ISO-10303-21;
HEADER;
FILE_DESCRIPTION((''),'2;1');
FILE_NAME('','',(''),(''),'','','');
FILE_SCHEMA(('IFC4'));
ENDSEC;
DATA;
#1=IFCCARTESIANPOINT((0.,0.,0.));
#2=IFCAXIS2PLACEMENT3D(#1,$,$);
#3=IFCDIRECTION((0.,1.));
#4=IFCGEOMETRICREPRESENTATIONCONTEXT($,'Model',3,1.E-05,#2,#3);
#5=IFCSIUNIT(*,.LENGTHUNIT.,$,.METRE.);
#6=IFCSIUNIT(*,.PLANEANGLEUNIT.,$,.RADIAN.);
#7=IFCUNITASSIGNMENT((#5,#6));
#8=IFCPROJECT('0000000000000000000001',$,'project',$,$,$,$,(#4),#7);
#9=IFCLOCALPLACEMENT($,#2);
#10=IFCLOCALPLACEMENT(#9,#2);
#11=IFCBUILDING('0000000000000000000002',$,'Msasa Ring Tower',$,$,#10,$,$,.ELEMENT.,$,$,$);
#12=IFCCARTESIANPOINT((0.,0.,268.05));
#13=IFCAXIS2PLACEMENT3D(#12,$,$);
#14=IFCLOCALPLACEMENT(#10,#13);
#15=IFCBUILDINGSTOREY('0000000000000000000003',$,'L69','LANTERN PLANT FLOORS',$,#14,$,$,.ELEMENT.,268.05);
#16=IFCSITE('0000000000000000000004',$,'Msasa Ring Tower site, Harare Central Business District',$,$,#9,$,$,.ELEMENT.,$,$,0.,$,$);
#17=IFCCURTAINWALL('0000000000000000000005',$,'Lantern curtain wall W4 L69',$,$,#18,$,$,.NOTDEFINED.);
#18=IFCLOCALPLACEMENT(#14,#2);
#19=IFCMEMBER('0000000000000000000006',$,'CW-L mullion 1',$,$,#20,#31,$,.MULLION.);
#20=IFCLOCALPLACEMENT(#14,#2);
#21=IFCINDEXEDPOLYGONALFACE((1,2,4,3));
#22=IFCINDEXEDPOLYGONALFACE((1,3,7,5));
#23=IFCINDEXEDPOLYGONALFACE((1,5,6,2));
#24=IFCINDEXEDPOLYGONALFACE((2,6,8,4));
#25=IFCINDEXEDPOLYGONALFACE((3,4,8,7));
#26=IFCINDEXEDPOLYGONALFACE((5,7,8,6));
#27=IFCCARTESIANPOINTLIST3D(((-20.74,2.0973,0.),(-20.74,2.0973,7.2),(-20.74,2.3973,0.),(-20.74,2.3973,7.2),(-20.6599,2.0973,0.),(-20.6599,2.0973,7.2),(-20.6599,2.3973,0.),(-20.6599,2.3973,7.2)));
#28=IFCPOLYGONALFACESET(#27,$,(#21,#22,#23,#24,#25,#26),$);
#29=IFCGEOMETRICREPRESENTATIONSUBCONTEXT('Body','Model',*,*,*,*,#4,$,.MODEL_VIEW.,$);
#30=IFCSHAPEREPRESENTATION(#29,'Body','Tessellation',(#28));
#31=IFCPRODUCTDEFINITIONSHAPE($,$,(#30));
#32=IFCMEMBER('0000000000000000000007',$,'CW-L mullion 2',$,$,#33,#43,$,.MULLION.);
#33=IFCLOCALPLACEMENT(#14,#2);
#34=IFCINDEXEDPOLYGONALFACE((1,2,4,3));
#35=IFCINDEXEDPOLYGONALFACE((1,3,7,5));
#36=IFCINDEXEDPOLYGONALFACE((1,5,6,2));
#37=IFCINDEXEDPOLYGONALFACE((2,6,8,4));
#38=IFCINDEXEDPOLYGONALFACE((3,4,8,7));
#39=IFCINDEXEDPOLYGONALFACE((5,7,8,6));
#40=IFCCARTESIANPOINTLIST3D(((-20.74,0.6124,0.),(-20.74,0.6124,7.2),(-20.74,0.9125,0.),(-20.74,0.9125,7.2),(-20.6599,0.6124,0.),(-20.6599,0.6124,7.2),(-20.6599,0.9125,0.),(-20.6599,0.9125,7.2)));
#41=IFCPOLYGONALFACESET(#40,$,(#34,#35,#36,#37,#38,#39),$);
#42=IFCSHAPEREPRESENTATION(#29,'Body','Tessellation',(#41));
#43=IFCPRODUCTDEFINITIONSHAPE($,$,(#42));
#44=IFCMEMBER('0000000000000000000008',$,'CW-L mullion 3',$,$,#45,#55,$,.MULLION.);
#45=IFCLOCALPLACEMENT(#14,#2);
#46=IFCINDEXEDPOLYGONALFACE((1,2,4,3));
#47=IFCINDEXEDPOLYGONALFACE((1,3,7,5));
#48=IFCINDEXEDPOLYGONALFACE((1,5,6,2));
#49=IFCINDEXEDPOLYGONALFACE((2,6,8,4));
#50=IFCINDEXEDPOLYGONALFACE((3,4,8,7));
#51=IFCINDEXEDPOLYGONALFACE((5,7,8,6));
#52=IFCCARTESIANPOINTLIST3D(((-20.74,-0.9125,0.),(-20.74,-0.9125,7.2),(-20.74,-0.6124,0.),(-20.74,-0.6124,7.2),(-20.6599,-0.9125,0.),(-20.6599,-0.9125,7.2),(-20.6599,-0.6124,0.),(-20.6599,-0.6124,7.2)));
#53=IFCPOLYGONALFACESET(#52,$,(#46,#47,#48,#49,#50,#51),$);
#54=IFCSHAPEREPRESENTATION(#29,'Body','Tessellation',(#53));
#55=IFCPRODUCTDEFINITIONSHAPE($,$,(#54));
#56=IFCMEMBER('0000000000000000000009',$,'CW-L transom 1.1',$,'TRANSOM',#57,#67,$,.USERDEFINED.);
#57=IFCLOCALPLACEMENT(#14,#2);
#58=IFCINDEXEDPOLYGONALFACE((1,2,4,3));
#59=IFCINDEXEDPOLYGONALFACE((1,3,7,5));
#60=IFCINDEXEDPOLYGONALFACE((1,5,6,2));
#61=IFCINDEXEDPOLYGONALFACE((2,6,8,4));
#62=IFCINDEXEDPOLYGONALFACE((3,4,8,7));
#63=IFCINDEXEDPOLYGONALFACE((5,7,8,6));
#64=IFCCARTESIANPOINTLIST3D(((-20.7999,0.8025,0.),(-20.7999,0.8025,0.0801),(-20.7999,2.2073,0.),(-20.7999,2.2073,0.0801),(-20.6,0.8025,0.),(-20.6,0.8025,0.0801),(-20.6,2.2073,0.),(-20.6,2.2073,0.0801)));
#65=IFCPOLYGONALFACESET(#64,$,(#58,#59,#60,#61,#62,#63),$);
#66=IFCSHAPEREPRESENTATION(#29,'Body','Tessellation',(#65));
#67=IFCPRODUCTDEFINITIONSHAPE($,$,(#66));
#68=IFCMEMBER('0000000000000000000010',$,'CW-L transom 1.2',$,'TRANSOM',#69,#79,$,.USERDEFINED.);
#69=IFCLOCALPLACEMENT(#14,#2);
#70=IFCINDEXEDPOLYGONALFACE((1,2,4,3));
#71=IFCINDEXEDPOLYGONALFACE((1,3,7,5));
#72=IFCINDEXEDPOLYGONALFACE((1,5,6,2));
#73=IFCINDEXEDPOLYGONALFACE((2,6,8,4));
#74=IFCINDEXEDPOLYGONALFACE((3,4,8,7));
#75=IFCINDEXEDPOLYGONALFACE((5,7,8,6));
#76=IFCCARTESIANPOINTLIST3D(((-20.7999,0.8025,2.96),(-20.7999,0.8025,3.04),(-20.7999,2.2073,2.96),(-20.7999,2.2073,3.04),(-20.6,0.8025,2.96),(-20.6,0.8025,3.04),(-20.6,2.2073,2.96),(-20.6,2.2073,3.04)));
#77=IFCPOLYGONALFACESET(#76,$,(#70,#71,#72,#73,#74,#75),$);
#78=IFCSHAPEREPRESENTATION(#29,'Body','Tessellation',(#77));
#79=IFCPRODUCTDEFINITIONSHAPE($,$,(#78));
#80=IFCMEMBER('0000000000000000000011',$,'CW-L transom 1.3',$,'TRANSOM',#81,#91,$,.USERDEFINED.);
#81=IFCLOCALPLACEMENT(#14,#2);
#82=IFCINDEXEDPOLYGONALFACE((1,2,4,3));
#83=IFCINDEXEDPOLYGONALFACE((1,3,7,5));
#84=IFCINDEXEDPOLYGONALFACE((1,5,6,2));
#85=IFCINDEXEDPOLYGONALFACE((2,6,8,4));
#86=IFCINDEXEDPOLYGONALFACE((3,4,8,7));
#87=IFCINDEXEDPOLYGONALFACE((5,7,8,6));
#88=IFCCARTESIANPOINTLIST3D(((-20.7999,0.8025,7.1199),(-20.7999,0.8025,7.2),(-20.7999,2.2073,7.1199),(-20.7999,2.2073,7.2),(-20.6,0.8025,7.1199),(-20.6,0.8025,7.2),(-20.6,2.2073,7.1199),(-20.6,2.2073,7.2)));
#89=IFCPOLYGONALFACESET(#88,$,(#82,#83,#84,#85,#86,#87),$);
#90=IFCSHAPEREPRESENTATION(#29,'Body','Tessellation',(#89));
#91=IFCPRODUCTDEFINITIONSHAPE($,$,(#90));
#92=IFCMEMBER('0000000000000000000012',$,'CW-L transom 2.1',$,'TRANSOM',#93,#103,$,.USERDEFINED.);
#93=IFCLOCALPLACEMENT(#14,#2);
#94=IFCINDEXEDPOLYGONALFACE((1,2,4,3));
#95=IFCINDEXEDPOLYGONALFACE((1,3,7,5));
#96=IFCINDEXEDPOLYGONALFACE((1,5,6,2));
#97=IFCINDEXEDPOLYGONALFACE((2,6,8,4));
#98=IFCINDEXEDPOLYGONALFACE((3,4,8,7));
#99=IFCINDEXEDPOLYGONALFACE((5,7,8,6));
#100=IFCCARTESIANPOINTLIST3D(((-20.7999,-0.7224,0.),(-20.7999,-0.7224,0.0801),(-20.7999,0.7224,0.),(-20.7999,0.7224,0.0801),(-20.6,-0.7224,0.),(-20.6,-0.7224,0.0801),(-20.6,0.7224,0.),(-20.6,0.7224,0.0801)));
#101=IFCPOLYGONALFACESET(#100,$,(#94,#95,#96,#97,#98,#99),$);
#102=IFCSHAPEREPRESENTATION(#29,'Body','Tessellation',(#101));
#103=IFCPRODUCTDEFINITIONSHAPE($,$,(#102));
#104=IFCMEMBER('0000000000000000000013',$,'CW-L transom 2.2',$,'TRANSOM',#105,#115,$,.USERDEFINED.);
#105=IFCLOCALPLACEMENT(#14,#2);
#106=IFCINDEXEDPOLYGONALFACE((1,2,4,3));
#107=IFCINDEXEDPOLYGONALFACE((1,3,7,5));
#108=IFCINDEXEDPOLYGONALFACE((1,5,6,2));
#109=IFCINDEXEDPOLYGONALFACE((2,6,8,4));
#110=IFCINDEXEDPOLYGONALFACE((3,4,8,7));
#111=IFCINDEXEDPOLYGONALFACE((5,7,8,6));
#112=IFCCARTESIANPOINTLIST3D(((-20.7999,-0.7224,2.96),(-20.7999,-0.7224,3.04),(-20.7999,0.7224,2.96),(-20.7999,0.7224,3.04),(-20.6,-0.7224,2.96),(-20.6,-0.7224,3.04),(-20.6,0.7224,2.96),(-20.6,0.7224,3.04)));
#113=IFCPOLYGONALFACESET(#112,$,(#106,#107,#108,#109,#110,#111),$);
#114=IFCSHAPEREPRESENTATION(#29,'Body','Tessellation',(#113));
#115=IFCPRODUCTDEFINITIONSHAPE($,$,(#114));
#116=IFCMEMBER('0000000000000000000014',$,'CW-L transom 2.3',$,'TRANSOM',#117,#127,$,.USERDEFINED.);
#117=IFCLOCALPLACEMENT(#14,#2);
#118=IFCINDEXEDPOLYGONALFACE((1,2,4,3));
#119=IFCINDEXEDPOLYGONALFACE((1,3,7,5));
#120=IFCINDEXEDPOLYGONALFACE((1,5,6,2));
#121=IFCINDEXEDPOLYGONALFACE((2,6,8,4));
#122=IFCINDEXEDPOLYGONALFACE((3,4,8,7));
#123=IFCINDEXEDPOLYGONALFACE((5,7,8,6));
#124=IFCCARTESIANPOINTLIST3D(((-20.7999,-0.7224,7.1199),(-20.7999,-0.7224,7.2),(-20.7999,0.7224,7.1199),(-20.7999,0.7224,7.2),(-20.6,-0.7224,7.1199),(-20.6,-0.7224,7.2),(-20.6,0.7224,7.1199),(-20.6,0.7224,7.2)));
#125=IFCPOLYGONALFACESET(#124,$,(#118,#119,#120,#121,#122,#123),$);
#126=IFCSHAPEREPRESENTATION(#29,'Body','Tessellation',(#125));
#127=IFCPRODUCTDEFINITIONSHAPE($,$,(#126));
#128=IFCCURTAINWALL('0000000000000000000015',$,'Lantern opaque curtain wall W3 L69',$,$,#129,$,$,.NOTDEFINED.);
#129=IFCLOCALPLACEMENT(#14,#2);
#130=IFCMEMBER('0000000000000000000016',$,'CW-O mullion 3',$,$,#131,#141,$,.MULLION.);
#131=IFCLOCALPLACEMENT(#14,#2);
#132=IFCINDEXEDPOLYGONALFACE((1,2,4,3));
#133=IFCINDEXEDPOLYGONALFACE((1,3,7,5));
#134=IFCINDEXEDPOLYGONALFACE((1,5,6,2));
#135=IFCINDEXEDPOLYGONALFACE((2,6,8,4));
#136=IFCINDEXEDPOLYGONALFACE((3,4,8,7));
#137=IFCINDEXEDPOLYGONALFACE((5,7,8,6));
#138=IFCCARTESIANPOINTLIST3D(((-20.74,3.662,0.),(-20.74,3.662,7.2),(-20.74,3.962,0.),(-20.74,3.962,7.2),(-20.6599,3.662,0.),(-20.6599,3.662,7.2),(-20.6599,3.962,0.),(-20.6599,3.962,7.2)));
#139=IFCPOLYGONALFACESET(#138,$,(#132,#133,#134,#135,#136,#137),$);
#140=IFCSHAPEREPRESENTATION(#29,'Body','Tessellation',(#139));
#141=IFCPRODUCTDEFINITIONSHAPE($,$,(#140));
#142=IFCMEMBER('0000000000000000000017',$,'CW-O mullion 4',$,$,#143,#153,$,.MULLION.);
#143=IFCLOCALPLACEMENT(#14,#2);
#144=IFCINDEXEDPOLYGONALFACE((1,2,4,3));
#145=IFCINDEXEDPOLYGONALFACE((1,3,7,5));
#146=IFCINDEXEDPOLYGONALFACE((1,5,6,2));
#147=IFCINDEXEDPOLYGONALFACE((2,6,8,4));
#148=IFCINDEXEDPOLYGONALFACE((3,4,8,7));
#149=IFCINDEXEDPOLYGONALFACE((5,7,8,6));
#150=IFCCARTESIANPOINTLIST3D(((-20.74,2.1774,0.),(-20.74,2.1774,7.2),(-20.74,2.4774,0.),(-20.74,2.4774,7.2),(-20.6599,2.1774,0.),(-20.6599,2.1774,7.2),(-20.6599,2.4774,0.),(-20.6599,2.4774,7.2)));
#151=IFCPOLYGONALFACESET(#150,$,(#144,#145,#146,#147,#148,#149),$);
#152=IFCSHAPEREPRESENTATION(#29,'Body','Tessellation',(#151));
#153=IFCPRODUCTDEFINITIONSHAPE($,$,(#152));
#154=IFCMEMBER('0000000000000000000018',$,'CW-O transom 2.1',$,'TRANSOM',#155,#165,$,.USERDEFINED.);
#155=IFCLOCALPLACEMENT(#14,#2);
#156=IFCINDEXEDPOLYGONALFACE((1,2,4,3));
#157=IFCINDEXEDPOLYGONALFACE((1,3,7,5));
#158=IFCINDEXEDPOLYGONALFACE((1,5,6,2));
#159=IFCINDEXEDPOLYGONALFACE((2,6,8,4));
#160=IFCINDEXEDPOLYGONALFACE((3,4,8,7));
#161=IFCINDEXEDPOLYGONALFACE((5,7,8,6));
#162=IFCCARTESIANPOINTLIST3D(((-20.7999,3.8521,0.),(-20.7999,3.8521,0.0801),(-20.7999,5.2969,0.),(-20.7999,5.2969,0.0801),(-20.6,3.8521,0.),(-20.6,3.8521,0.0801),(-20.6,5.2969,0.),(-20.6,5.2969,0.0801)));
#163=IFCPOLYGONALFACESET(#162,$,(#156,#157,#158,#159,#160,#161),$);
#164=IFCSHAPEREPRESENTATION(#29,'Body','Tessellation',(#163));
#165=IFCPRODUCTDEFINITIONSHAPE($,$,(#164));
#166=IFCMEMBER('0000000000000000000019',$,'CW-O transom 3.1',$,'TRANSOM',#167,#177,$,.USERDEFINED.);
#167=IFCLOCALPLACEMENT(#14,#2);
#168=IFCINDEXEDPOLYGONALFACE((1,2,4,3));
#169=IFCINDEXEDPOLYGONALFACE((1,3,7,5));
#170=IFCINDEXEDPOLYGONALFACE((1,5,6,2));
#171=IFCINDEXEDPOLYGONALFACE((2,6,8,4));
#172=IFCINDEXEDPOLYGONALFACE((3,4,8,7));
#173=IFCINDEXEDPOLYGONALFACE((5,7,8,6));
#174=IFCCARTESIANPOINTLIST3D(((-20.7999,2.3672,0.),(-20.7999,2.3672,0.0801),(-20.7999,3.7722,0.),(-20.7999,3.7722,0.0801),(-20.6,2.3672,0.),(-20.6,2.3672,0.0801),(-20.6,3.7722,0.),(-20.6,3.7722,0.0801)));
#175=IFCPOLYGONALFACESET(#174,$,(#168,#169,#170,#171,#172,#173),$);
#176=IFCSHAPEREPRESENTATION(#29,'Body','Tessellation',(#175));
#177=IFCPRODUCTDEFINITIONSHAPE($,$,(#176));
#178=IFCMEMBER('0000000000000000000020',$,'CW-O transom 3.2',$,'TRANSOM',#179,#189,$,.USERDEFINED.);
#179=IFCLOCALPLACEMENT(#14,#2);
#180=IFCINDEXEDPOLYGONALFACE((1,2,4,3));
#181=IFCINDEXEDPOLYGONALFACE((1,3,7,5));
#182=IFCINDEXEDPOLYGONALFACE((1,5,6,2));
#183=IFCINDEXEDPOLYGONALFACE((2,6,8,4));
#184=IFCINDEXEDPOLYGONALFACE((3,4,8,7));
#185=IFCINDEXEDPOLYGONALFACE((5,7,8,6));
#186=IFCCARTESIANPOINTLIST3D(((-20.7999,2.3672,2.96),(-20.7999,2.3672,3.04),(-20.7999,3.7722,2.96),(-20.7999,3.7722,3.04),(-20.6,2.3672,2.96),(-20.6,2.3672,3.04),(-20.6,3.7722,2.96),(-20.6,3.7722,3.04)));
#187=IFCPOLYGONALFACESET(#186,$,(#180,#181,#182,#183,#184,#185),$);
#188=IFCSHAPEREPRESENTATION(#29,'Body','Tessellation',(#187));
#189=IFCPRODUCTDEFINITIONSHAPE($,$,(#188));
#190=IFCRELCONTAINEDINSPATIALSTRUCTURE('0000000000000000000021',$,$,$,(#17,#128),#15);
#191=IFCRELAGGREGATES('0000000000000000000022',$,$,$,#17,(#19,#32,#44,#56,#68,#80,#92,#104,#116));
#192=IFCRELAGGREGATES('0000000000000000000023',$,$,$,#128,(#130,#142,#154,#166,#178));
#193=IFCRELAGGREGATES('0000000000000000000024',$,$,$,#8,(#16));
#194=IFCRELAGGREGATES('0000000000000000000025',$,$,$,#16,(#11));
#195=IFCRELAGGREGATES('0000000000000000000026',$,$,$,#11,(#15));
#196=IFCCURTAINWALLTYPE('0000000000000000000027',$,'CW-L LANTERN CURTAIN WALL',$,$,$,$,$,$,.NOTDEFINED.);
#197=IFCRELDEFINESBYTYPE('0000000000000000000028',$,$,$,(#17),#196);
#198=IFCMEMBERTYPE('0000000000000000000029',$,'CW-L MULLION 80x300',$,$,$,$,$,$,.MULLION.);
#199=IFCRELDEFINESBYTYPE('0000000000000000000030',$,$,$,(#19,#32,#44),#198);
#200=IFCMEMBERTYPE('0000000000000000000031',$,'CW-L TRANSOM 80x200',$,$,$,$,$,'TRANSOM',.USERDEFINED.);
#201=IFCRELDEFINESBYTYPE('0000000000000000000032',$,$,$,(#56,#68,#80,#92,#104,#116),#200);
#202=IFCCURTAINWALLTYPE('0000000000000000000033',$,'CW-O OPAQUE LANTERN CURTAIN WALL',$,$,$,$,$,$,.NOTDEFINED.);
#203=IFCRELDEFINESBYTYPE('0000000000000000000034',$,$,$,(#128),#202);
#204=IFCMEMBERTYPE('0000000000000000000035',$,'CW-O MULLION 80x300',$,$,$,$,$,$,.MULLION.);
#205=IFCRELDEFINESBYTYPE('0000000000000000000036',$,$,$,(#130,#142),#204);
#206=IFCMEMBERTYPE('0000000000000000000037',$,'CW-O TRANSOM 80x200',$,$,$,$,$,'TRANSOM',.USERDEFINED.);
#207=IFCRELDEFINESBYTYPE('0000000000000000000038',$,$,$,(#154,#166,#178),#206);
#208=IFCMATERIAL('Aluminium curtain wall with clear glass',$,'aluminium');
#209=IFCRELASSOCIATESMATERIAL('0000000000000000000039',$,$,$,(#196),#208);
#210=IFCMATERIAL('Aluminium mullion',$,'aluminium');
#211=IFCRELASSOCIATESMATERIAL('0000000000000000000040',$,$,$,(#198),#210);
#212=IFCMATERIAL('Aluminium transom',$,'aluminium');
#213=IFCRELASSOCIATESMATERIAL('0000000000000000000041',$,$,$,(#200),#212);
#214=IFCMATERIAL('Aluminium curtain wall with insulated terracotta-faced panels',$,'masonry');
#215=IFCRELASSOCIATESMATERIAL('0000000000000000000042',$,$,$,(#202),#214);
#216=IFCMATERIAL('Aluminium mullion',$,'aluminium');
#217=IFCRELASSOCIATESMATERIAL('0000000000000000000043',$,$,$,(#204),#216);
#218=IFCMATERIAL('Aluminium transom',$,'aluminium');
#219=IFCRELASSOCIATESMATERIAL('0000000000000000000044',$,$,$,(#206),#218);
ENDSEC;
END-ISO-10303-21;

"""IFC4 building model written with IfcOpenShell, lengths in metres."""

from ifc_helpers import new_model, si_unit, direction, frame, origin, origin_2d, place, context, subcontext, project, spatial, rectangle, extrude, material, material_profile, profile_set, type_object, element, aggregate, save


model = new_model("IFC4")

# Units and contexts
model_context = context("Model", 3, precision=1e-05, world=origin(), true_north=direction((0.0, 1.0)))
body_context = subcontext(model_context, "Body", "Model", "MODEL_VIEW")
ifc_project = project(units=[si_unit("LENGTHUNIT", "METRE"), si_unit("PLANEANGLEUNIT", "RADIAN")], contexts=[model_context])

# Site, building, storey
site_placement = place(None, origin())
site = spatial("IfcSite", under=ifc_project, at=site_placement, Name="Msasa Ring Tower site, Harare Central Business District", CompositionType="ELEMENT", RefElevation=0.0)
building_placement = place(site_placement, origin())
building = spatial("IfcBuilding", under=site, at=building_placement, Name="Msasa Ring Tower", CompositionType="ELEMENT")
storey_placement = place(building_placement, frame((0.0, 0.0, 268.05)))
storey = spatial("IfcBuildingStorey", under=building, at=storey_placement, Name="L69", Description="LANTERN PLANT FLOORS", CompositionType="ELEMENT", Elevation=268.05)

# Curtain walls, members
ifc_material_1 = material(Name="Aluminium curtain wall with clear glass", Category="aluminium")
curtain_wall_type_1 = type_object("IfcCurtainWallType", Name="CW-L LANTERN CURTAIN WALL", PredefinedType="NOTDEFINED", material=ifc_material_1)
curtain_wall_1_placement = place(storey_placement, origin())
curtain_wall_1 = element("IfcCurtainWall", 1, at=curtain_wall_1_placement, inside=storey, type_object=curtain_wall_type_1, Name="Lantern curtain wall W4 L69", PredefinedType="NOTDEFINED")
ifc_material_2 = material(Name="Aluminium mullion", Category="aluminium")
ifc_material_profile_1 = material_profile(ifc_material_2, rectangle(XDim=0.0801, YDim=0.3, at=origin_2d()), Name="AL 80x300")
ifc_profile_set_1 = profile_set([ifc_material_profile_1], Name="Aluminium mullion")
member_type_1 = type_object("IfcMemberType", Name="CW-L MULLION 80x300", PredefinedType="MULLION", material=ifc_profile_set_1)
member_1_placement = place(storey_placement, frame((-20.7, 2.2473, 0.0), z_axis=(0.0, 0.0, 1.0), x_axis=(1.0, 0.0, 0.0)))
member_1 = element("IfcMember", 2, at=member_1_placement, type_object=member_type_1, Name="CW-L mullion 1", PredefinedType="MULLION", context=body_context, shape_type="SweptSolid", body=[
    extrude(rectangle(XDim=0.0801, YDim=0.3, at=origin_2d()), origin(), (0.0, 0.0, 1.0), 7.2),
])
member_2_placement = place(storey_placement, frame((-20.7, 0.7625, 0.0), z_axis=(0.0, 0.0, 1.0), x_axis=(1.0, 0.0, 0.0)))
member_2 = element("IfcMember", 3, at=member_2_placement, type_object=member_type_1, Name="CW-L mullion 2", PredefinedType="MULLION", context=body_context, shape_type="SweptSolid", body=[
    extrude(rectangle(XDim=0.0801, YDim=0.3, at=origin_2d()), origin(), (0.0, 0.0, 1.0), 7.2),
])
member_3_placement = place(storey_placement, frame((-20.7, -0.7625, 0.0), z_axis=(0.0, 0.0, 1.0), x_axis=(1.0, 0.0, 0.0)))
member_3 = element("IfcMember", 4, at=member_3_placement, type_object=member_type_1, Name="CW-L mullion 3", PredefinedType="MULLION", context=body_context, shape_type="SweptSolid", body=[
    extrude(rectangle(XDim=0.0801, YDim=0.3, at=origin_2d()), origin(), (0.0, 0.0, 1.0), 7.2),
])
ifc_material_3 = material(Name="Aluminium transom", Category="aluminium")
ifc_material_profile_2 = material_profile(ifc_material_3, rectangle(XDim=0.2, YDim=0.0801, at=origin_2d()), Name="AL 80x200")
ifc_profile_set_2 = profile_set([ifc_material_profile_2], Name="Aluminium transom")
member_type_2 = type_object("IfcMemberType", Name="CW-L TRANSOM 80x200", ElementType="TRANSOM", PredefinedType="USERDEFINED", material=ifc_profile_set_2)
member_4_placement = place(storey_placement, frame((-20.7, 2.2073, 0.04), z_axis=(0.0, -1.0, 0.0), x_axis=(1.0, 0.0, 0.0)))
member_4 = element("IfcMember", 5, at=member_4_placement, type_object=member_type_2, Name="CW-L transom 1.1", ObjectType="TRANSOM", PredefinedType="USERDEFINED", context=body_context, shape_type="SweptSolid", body=[
    extrude(rectangle(XDim=0.2, YDim=0.0801, at=origin_2d()), origin(), (0.0, 0.0, 1.0), 1.4048),
])
member_5_placement = place(storey_placement, frame((-20.7, 2.2073, 3.0), z_axis=(0.0, -1.0, 0.0), x_axis=(1.0, 0.0, 0.0)))
member_5 = element("IfcMember", 6, at=member_5_placement, type_object=member_type_2, Name="CW-L transom 1.2", ObjectType="TRANSOM", PredefinedType="USERDEFINED", context=body_context, shape_type="SweptSolid", body=[
    extrude(rectangle(XDim=0.2, YDim=0.0801, at=origin_2d()), origin(), (0.0, 0.0, 1.0), 1.4048),
])
member_6_placement = place(storey_placement, frame((-20.7, 2.2073, 7.1599), z_axis=(0.0, -1.0, 0.0), x_axis=(1.0, 0.0, 0.0)))
member_6 = element("IfcMember", 7, at=member_6_placement, type_object=member_type_2, Name="CW-L transom 1.3", ObjectType="TRANSOM", PredefinedType="USERDEFINED", context=body_context, shape_type="SweptSolid", body=[
    extrude(rectangle(XDim=0.2, YDim=0.0801, at=origin_2d()), origin(), (0.0, 0.0, 1.0), 1.4048),
])
member_7_placement = place(storey_placement, frame((-20.7, 0.7224, 0.04), z_axis=(0.0, -1.0, 0.0), x_axis=(1.0, 0.0, 0.0)))
member_7 = element("IfcMember", 8, at=member_7_placement, type_object=member_type_2, Name="CW-L transom 2.1", ObjectType="TRANSOM", PredefinedType="USERDEFINED", context=body_context, shape_type="SweptSolid", body=[
    extrude(rectangle(XDim=0.2, YDim=0.0801, at=origin_2d()), origin(), (0.0, 0.0, 1.0), 1.4448),
])
member_8_placement = place(storey_placement, frame((-20.7, 0.7224, 3.0), z_axis=(0.0, -1.0, 0.0), x_axis=(1.0, 0.0, 0.0)))
member_8 = element("IfcMember", 9, at=member_8_placement, type_object=member_type_2, Name="CW-L transom 2.2", ObjectType="TRANSOM", PredefinedType="USERDEFINED", context=body_context, shape_type="SweptSolid", body=[
    extrude(rectangle(XDim=0.2, YDim=0.0801, at=origin_2d()), origin(), (0.0, 0.0, 1.0), 1.4448),
])
member_9_placement = place(storey_placement, frame((-20.7, 0.7224, 7.1599), z_axis=(0.0, -1.0, 0.0), x_axis=(1.0, 0.0, 0.0)))
member_9 = element("IfcMember", 10, at=member_9_placement, type_object=member_type_2, Name="CW-L transom 2.3", ObjectType="TRANSOM", PredefinedType="USERDEFINED", context=body_context, shape_type="SweptSolid", body=[
    extrude(rectangle(XDim=0.2, YDim=0.0801, at=origin_2d()), origin(), (0.0, 0.0, 1.0), 1.4448),
])
ifc_material_4 = material(Name="Aluminium curtain wall with insulated terracotta-faced panels", Category="masonry")
curtain_wall_type_2 = type_object("IfcCurtainWallType", Name="CW-O OPAQUE LANTERN CURTAIN WALL", PredefinedType="NOTDEFINED", material=ifc_material_4)
curtain_wall_2_placement = place(storey_placement, origin())
curtain_wall_2 = element("IfcCurtainWall", 11, at=curtain_wall_2_placement, inside=storey, type_object=curtain_wall_type_2, Name="Lantern opaque curtain wall W3 L69", PredefinedType="NOTDEFINED")
ifc_material_5 = material(Name="Aluminium mullion", Category="aluminium")
ifc_material_profile_3 = material_profile(ifc_material_5, rectangle(XDim=0.0801, YDim=0.3, at=origin_2d()), Name="AL 80x300")
ifc_profile_set_3 = profile_set([ifc_material_profile_3], Name="Aluminium mullion")
member_type_3 = type_object("IfcMemberType", Name="CW-O MULLION 80x300", PredefinedType="MULLION", material=ifc_profile_set_3)
member_10_placement = place(storey_placement, frame((-20.7, 3.812, 0.0), z_axis=(0.0, 0.0, 1.0), x_axis=(1.0, 0.0, 0.0)))
member_10 = element("IfcMember", 12, at=member_10_placement, type_object=member_type_3, Name="CW-O mullion 3", PredefinedType="MULLION", context=body_context, shape_type="SweptSolid", body=[
    extrude(rectangle(XDim=0.0801, YDim=0.3, at=origin_2d()), origin(), (0.0, 0.0, 1.0), 7.2),
])
member_11_placement = place(storey_placement, frame((-20.7, 2.3274, 0.0), z_axis=(0.0, 0.0, 1.0), x_axis=(1.0, 0.0, 0.0)))
member_11 = element("IfcMember", 13, at=member_11_placement, type_object=member_type_3, Name="CW-O mullion 4", PredefinedType="MULLION", context=body_context, shape_type="SweptSolid", body=[
    extrude(rectangle(XDim=0.0801, YDim=0.3, at=origin_2d()), origin(), (0.0, 0.0, 1.0), 7.2),
])
ifc_material_6 = material(Name="Aluminium transom", Category="aluminium")
ifc_material_profile_4 = material_profile(ifc_material_6, rectangle(XDim=0.2, YDim=0.0801, at=origin_2d()), Name="AL 80x200")
ifc_profile_set_4 = profile_set([ifc_material_profile_4], Name="Aluminium transom")
member_type_4 = type_object("IfcMemberType", Name="CW-O TRANSOM 80x200", ElementType="TRANSOM", PredefinedType="USERDEFINED", material=ifc_profile_set_4)
member_12_placement = place(storey_placement, frame((-20.7, 5.2969, 0.04), z_axis=(0.0, -1.0, 0.0), x_axis=(1.0, 0.0, 0.0)))
member_12 = element("IfcMember", 14, at=member_12_placement, type_object=member_type_4, Name="CW-O transom 2.1", ObjectType="TRANSOM", PredefinedType="USERDEFINED", context=body_context, shape_type="SweptSolid", body=[
    extrude(rectangle(XDim=0.2, YDim=0.0801, at=origin_2d()), origin(), (0.0, 0.0, 1.0), 1.4448),
])
member_13_placement = place(storey_placement, frame((-20.7, 3.7722, 0.04), z_axis=(0.0, -1.0, 0.0), x_axis=(1.0, 0.0, 0.0)))
member_13 = element("IfcMember", 15, at=member_13_placement, type_object=member_type_4, Name="CW-O transom 3.1", ObjectType="TRANSOM", PredefinedType="USERDEFINED", context=body_context, shape_type="SweptSolid", body=[
    extrude(rectangle(XDim=0.2, YDim=0.0801, at=origin_2d()), origin(), (0.0, 0.0, 1.0), 1.405),
])
member_14_placement = place(storey_placement, frame((-20.7, 3.7722, 3.0), z_axis=(0.0, -1.0, 0.0), x_axis=(1.0, 0.0, 0.0)))
member_14 = element("IfcMember", 16, at=member_14_placement, type_object=member_type_4, Name="CW-O transom 3.2", ObjectType="TRANSOM", PredefinedType="USERDEFINED", context=body_context, shape_type="SweptSolid", body=[
    extrude(rectangle(XDim=0.2, YDim=0.0801, at=origin_2d()), origin(), (0.0, 0.0, 1.0), 1.405),
])

aggregate(curtain_wall_1, [member_1, member_2, member_3, member_4, member_5, member_6, member_7, member_8, member_9])
aggregate(curtain_wall_2, [member_10, member_11, member_12, member_13, member_14])

save(model, "model.ifc")
